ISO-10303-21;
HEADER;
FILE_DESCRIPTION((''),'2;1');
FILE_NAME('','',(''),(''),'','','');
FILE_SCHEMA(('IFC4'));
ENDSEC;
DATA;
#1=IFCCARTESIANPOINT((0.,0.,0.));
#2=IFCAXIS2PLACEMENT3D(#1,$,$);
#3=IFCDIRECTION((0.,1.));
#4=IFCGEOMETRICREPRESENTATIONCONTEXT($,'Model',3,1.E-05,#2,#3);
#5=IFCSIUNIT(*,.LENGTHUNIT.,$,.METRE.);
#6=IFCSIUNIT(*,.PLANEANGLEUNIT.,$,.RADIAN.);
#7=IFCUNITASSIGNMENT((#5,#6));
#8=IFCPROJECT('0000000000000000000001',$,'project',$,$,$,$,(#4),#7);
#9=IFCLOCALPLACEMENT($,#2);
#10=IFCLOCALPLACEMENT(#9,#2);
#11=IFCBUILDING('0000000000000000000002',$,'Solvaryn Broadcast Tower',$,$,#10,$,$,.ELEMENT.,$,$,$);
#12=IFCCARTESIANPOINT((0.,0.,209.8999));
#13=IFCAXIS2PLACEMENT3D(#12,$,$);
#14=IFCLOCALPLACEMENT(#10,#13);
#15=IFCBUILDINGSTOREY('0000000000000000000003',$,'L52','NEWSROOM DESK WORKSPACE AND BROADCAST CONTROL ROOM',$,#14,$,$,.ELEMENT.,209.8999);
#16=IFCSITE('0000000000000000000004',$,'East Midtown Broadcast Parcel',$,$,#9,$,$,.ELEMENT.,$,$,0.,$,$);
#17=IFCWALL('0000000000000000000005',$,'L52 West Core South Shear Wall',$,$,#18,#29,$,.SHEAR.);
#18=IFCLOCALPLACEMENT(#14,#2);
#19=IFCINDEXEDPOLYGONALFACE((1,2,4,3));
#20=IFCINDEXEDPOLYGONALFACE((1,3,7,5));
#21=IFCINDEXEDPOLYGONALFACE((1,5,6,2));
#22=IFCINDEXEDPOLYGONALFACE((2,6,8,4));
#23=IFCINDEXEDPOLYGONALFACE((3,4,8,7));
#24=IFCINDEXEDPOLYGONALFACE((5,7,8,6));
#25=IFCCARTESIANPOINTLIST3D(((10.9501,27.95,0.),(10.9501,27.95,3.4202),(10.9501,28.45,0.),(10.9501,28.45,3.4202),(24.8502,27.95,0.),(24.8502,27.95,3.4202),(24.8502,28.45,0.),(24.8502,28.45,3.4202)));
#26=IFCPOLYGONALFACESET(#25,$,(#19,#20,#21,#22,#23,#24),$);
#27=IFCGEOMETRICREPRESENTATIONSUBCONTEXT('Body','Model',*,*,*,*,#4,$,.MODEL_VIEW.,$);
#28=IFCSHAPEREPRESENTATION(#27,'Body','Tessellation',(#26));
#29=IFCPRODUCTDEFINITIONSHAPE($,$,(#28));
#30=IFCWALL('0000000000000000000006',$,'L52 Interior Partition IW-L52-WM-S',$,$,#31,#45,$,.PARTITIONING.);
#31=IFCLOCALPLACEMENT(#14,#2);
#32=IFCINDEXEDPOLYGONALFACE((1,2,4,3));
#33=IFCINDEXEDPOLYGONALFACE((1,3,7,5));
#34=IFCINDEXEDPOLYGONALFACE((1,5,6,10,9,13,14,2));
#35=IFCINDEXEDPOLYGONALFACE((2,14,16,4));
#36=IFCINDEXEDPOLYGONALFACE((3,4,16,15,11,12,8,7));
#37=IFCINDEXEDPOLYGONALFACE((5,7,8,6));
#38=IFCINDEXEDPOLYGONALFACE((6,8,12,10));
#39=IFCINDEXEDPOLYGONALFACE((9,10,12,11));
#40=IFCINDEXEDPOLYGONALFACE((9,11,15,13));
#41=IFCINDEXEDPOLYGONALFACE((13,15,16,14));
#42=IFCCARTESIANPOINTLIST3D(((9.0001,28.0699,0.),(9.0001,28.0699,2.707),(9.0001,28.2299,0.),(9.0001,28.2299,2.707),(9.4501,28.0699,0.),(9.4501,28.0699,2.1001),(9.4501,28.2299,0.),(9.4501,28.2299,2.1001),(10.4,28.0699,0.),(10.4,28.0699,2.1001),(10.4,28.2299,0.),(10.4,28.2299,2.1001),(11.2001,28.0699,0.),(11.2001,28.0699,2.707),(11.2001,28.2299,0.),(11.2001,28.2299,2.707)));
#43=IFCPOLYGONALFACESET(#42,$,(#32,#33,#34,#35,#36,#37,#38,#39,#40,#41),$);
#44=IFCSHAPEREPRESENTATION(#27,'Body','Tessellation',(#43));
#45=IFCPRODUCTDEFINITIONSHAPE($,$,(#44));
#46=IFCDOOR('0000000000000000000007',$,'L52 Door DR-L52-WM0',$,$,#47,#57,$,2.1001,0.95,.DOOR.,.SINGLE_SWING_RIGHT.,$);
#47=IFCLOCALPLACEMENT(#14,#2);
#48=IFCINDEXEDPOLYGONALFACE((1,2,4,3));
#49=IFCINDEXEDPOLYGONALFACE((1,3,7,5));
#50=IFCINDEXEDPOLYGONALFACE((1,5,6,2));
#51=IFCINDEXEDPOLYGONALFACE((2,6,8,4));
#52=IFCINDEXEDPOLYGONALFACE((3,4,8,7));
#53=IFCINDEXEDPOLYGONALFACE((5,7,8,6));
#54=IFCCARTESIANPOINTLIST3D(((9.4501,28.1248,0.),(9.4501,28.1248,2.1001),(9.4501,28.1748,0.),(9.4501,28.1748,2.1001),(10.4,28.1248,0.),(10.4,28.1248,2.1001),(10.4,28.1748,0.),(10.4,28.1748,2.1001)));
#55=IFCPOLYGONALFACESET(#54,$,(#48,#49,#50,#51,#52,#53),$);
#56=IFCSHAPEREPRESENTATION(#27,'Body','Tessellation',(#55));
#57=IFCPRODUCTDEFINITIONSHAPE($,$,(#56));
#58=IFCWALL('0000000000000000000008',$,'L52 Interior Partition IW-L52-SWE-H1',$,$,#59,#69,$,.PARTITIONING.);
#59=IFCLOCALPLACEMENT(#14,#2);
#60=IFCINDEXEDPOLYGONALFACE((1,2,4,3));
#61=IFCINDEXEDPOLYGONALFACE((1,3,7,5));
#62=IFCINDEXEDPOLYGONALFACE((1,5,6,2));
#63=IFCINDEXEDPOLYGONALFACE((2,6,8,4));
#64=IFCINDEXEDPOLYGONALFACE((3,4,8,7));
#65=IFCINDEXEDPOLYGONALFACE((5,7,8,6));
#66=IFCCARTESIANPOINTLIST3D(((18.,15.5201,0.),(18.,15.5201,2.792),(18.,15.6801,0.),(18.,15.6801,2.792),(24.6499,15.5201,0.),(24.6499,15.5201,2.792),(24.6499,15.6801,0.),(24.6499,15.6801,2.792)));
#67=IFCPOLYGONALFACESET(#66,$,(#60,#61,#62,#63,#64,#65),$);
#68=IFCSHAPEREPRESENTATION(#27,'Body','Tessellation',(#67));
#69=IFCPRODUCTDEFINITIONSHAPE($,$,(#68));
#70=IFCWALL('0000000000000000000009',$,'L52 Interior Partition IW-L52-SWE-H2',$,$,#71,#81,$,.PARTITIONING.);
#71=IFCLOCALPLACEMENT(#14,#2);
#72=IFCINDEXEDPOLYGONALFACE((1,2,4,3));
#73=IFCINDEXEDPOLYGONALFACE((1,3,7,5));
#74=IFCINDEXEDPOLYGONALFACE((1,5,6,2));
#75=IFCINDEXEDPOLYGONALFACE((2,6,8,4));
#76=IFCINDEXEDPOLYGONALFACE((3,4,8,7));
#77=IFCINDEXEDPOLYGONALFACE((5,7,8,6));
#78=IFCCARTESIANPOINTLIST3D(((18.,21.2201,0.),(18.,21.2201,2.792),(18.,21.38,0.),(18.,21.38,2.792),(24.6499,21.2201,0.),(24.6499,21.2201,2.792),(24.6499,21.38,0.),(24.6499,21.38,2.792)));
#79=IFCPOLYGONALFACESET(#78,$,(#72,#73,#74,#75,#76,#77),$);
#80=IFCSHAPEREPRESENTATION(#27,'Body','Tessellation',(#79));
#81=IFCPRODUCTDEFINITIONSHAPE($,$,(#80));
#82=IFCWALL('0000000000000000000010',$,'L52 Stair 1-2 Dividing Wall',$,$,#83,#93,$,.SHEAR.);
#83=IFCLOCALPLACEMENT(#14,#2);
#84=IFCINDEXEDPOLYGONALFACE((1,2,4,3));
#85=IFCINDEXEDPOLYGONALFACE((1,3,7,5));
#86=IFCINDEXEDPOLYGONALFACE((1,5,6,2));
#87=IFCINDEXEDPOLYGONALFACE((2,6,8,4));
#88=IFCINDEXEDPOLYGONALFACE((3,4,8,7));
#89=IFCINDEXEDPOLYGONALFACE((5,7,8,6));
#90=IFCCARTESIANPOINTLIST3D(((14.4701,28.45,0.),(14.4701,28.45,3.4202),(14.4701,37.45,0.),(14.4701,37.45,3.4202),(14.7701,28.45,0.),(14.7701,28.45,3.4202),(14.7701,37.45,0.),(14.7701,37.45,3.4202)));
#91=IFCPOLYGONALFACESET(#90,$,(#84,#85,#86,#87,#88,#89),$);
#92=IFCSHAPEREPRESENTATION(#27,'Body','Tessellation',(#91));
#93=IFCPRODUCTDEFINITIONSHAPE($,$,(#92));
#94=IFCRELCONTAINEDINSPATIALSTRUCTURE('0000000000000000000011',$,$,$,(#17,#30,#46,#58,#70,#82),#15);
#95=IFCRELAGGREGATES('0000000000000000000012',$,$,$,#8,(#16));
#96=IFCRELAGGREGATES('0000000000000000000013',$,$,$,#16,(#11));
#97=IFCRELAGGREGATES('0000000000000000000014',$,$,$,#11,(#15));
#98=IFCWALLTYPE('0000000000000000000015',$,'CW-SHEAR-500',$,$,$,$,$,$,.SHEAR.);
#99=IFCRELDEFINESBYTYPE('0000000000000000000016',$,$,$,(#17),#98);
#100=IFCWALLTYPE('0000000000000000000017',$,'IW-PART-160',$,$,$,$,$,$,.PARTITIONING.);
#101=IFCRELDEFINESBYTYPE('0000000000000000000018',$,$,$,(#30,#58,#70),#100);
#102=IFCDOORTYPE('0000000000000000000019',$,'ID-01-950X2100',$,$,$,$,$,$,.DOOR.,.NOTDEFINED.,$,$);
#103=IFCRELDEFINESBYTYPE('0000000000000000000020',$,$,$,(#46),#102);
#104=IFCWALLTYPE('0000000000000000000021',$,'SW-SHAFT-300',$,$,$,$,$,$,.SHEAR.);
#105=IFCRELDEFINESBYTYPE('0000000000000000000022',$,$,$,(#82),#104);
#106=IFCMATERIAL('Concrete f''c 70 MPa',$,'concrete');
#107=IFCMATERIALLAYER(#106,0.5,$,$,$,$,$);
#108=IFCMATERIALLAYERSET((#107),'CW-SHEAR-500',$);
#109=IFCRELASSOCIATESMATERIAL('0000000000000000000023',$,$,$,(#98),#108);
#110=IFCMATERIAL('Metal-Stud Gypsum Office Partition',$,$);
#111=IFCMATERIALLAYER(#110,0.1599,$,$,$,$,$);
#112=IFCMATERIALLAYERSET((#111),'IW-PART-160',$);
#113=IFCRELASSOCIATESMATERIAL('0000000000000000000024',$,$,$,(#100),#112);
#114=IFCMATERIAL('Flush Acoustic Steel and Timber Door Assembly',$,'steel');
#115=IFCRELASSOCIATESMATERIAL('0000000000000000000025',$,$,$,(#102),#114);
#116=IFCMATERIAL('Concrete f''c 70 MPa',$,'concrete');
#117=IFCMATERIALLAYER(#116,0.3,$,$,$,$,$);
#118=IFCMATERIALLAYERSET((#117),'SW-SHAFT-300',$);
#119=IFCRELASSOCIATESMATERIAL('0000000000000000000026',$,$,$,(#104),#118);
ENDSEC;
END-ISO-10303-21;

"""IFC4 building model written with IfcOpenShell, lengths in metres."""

from ifc_helpers import new_model, si_unit, direction, frame, frame_2d, origin, place, context, subcontext, project, spatial, rectangle, extrude, material, layer, layer_set, type_object, element, fill, save


model = new_model("IFC4")

# Units and contexts
model_context = context("Model", 3, precision=1e-05, world=origin(), true_north=direction((0.0, 1.0)))
body_context = subcontext(model_context, "Body", "Model", "MODEL_VIEW")
ifc_project = project(units=[si_unit("LENGTHUNIT", "METRE"), si_unit("PLANEANGLEUNIT", "RADIAN")], contexts=[model_context])

# Site, building, storey
site_placement = place(None, origin())
site = spatial("IfcSite", under=ifc_project, at=site_placement, Name="East Midtown Broadcast Parcel", CompositionType="ELEMENT", RefElevation=0.0)
building_placement = place(site_placement, origin())
building = spatial("IfcBuilding", under=site, at=building_placement, Name="Solvaryn Broadcast Tower", CompositionType="ELEMENT")
storey_placement = place(building_placement, frame((0.0, 0.0, 209.8999)))
storey = spatial("IfcBuildingStorey", under=building, at=storey_placement, Name="L52", Description="NEWSROOM DESK WORKSPACE AND BROADCAST CONTROL ROOM", CompositionType="ELEMENT", Elevation=209.8999)

# Wall
ifc_material_1 = material(Name="Concrete f'c 70 MPa", Category="concrete")
ifc_layer_1 = layer(ifc_material_1, 0.5)
ifc_layer_set_1 = layer_set([ifc_layer_1], Name="CW-SHEAR-500")
wall_type_1 = type_object("IfcWallType", Name="CW-SHEAR-500", PredefinedType="SHEAR", material=ifc_layer_set_1)
wall_1_placement = place(storey_placement, frame((10.95, 28.2, 0.0), z_axis=(0.0, 0.0, 1.0), x_axis=(1.0, 0.0, 0.0)))
element("IfcWall", 1, at=wall_1_placement, inside=storey, type_object=wall_type_1, Name="L52 West Core South Shear Wall", PredefinedType="SHEAR", context=body_context, shape_type="SweptSolid", body=[
    extrude(rectangle(XDim=13.9001, YDim=0.5, at=frame_2d((6.9502, 0.0))), origin(), (0.0, 0.0, 1.0), 3.4202),
])

# Wall, opening, door
ifc_material_2 = material(Name="Metal-Stud Gypsum Office Partition")
ifc_layer_2 = layer(ifc_material_2, 0.1599)
ifc_layer_set_2 = layer_set([ifc_layer_2], Name="IW-PART-160")
wall_type_2 = type_object("IfcWallType", Name="IW-PART-160", PredefinedType="PARTITIONING", material=ifc_layer_set_2)
wall_2_placement = place(storey_placement, frame((9.0, 28.1499, 0.0), z_axis=(0.0, 0.0, 1.0), x_axis=(1.0, 0.0, 0.0)))
wall_2 = element("IfcWall", 2, at=wall_2_placement, inside=storey, type_object=wall_type_2, Name="L52 Interior Partition IW-L52-WM-S", PredefinedType="PARTITIONING", context=body_context, shape_type="SweptSolid", body=[
    extrude(rectangle(XDim=2.2, YDim=0.1599, at=frame_2d((1.1001, 0.0))), origin(), (0.0, 0.0, 1.0), 2.707),
])
opening_placement = place(wall_2_placement, frame((0.45, 0.0, 0.0)))
opening = element("IfcOpeningElement", 3, at=opening_placement, cuts=wall_2, PredefinedType="OPENING", context=body_context, shape_type="SweptSolid", body=[
    extrude(rectangle(XDim=0.95, YDim=2.1001, at=frame_2d((0.4751, 1.05))), frame((0.0, 0.0901, 0.0), z_axis=(0.0, -1.0, 0.0), x_axis=(1.0, 0.0, 0.0)), (0.0, 0.0, 1.0), 0.1799),
])
ifc_material_3 = material(Name="Flush Acoustic Steel and Timber Door Assembly", Category="steel")
door_type = type_object("IfcDoorType", Name="ID-01-950X2100", OperationType="NOTDEFINED", PredefinedType="DOOR", material=ifc_material_3)
door_placement = place(opening_placement, origin())
door = element("IfcDoor", 4, at=door_placement, inside=storey, type_object=door_type, Name="L52 Door DR-L52-WM0", OperationType="SINGLE_SWING_RIGHT", OverallHeight=2.1001, OverallWidth=0.95, PredefinedType="DOOR", context=body_context, shape_type="SweptSolid", body=[
    extrude(rectangle(XDim=0.95, YDim=2.1001, at=frame_2d((0.4751, 1.05))), frame((0.0, 0.0249, 0.0), z_axis=(0.0, -1.0, 0.0), x_axis=(1.0, 0.0, 0.0)), (0.0, 0.0, 1.0), 0.05),
])
fill(opening, door)

# Walls
for number, where, z_axis, x_axis, name in (
    (5, (18.0, 15.6001, 0.0), (0.0, 0.0, 1.0), (1.0, 0.0, 0.0), "L52 Interior Partition IW-L52-SWE-H1"),
    (6, (18.0, 21.3, 0.0), (0.0, 0.0, 1.0), (1.0, 0.0, 0.0), "L52 Interior Partition IW-L52-SWE-H2"),
):
    element("IfcWall", number, at=place(storey_placement, frame(where, z_axis=z_axis, x_axis=x_axis)), inside=storey, type_object=wall_type_2, Name=name, PredefinedType="PARTITIONING", context=body_context, shape_type="SweptSolid", body=[
        extrude(rectangle(XDim=6.6499, YDim=0.1599, at=frame_2d((3.325, 0.0))), origin(), (0.0, 0.0, 1.0), 2.792),
    ])
ifc_material_4 = material(Name="Concrete f'c 70 MPa", Category="concrete")
ifc_layer_3 = layer(ifc_material_4, 0.3)
ifc_layer_set_3 = layer_set([ifc_layer_3], Name="SW-SHAFT-300")
wall_type_3 = type_object("IfcWallType", Name="SW-SHAFT-300", PredefinedType="SHEAR", material=ifc_layer_set_3)
wall_3_placement = place(storey_placement, frame((14.6201, 28.45, 0.0), z_axis=(0.0, 0.0, 1.0), x_axis=(0.0, 1.0, 0.0)))
element("IfcWall", 7, at=wall_3_placement, inside=storey, type_object=wall_type_3, Name="L52 Stair 1-2 Dividing Wall", PredefinedType="SHEAR", context=body_context, shape_type="SweptSolid", body=[
    extrude(rectangle(XDim=9.0, YDim=0.3, at=frame_2d((4.5, 0.0))), origin(), (0.0, 0.0, 1.0), 3.4202),
])

save(model, "model.ifc")
